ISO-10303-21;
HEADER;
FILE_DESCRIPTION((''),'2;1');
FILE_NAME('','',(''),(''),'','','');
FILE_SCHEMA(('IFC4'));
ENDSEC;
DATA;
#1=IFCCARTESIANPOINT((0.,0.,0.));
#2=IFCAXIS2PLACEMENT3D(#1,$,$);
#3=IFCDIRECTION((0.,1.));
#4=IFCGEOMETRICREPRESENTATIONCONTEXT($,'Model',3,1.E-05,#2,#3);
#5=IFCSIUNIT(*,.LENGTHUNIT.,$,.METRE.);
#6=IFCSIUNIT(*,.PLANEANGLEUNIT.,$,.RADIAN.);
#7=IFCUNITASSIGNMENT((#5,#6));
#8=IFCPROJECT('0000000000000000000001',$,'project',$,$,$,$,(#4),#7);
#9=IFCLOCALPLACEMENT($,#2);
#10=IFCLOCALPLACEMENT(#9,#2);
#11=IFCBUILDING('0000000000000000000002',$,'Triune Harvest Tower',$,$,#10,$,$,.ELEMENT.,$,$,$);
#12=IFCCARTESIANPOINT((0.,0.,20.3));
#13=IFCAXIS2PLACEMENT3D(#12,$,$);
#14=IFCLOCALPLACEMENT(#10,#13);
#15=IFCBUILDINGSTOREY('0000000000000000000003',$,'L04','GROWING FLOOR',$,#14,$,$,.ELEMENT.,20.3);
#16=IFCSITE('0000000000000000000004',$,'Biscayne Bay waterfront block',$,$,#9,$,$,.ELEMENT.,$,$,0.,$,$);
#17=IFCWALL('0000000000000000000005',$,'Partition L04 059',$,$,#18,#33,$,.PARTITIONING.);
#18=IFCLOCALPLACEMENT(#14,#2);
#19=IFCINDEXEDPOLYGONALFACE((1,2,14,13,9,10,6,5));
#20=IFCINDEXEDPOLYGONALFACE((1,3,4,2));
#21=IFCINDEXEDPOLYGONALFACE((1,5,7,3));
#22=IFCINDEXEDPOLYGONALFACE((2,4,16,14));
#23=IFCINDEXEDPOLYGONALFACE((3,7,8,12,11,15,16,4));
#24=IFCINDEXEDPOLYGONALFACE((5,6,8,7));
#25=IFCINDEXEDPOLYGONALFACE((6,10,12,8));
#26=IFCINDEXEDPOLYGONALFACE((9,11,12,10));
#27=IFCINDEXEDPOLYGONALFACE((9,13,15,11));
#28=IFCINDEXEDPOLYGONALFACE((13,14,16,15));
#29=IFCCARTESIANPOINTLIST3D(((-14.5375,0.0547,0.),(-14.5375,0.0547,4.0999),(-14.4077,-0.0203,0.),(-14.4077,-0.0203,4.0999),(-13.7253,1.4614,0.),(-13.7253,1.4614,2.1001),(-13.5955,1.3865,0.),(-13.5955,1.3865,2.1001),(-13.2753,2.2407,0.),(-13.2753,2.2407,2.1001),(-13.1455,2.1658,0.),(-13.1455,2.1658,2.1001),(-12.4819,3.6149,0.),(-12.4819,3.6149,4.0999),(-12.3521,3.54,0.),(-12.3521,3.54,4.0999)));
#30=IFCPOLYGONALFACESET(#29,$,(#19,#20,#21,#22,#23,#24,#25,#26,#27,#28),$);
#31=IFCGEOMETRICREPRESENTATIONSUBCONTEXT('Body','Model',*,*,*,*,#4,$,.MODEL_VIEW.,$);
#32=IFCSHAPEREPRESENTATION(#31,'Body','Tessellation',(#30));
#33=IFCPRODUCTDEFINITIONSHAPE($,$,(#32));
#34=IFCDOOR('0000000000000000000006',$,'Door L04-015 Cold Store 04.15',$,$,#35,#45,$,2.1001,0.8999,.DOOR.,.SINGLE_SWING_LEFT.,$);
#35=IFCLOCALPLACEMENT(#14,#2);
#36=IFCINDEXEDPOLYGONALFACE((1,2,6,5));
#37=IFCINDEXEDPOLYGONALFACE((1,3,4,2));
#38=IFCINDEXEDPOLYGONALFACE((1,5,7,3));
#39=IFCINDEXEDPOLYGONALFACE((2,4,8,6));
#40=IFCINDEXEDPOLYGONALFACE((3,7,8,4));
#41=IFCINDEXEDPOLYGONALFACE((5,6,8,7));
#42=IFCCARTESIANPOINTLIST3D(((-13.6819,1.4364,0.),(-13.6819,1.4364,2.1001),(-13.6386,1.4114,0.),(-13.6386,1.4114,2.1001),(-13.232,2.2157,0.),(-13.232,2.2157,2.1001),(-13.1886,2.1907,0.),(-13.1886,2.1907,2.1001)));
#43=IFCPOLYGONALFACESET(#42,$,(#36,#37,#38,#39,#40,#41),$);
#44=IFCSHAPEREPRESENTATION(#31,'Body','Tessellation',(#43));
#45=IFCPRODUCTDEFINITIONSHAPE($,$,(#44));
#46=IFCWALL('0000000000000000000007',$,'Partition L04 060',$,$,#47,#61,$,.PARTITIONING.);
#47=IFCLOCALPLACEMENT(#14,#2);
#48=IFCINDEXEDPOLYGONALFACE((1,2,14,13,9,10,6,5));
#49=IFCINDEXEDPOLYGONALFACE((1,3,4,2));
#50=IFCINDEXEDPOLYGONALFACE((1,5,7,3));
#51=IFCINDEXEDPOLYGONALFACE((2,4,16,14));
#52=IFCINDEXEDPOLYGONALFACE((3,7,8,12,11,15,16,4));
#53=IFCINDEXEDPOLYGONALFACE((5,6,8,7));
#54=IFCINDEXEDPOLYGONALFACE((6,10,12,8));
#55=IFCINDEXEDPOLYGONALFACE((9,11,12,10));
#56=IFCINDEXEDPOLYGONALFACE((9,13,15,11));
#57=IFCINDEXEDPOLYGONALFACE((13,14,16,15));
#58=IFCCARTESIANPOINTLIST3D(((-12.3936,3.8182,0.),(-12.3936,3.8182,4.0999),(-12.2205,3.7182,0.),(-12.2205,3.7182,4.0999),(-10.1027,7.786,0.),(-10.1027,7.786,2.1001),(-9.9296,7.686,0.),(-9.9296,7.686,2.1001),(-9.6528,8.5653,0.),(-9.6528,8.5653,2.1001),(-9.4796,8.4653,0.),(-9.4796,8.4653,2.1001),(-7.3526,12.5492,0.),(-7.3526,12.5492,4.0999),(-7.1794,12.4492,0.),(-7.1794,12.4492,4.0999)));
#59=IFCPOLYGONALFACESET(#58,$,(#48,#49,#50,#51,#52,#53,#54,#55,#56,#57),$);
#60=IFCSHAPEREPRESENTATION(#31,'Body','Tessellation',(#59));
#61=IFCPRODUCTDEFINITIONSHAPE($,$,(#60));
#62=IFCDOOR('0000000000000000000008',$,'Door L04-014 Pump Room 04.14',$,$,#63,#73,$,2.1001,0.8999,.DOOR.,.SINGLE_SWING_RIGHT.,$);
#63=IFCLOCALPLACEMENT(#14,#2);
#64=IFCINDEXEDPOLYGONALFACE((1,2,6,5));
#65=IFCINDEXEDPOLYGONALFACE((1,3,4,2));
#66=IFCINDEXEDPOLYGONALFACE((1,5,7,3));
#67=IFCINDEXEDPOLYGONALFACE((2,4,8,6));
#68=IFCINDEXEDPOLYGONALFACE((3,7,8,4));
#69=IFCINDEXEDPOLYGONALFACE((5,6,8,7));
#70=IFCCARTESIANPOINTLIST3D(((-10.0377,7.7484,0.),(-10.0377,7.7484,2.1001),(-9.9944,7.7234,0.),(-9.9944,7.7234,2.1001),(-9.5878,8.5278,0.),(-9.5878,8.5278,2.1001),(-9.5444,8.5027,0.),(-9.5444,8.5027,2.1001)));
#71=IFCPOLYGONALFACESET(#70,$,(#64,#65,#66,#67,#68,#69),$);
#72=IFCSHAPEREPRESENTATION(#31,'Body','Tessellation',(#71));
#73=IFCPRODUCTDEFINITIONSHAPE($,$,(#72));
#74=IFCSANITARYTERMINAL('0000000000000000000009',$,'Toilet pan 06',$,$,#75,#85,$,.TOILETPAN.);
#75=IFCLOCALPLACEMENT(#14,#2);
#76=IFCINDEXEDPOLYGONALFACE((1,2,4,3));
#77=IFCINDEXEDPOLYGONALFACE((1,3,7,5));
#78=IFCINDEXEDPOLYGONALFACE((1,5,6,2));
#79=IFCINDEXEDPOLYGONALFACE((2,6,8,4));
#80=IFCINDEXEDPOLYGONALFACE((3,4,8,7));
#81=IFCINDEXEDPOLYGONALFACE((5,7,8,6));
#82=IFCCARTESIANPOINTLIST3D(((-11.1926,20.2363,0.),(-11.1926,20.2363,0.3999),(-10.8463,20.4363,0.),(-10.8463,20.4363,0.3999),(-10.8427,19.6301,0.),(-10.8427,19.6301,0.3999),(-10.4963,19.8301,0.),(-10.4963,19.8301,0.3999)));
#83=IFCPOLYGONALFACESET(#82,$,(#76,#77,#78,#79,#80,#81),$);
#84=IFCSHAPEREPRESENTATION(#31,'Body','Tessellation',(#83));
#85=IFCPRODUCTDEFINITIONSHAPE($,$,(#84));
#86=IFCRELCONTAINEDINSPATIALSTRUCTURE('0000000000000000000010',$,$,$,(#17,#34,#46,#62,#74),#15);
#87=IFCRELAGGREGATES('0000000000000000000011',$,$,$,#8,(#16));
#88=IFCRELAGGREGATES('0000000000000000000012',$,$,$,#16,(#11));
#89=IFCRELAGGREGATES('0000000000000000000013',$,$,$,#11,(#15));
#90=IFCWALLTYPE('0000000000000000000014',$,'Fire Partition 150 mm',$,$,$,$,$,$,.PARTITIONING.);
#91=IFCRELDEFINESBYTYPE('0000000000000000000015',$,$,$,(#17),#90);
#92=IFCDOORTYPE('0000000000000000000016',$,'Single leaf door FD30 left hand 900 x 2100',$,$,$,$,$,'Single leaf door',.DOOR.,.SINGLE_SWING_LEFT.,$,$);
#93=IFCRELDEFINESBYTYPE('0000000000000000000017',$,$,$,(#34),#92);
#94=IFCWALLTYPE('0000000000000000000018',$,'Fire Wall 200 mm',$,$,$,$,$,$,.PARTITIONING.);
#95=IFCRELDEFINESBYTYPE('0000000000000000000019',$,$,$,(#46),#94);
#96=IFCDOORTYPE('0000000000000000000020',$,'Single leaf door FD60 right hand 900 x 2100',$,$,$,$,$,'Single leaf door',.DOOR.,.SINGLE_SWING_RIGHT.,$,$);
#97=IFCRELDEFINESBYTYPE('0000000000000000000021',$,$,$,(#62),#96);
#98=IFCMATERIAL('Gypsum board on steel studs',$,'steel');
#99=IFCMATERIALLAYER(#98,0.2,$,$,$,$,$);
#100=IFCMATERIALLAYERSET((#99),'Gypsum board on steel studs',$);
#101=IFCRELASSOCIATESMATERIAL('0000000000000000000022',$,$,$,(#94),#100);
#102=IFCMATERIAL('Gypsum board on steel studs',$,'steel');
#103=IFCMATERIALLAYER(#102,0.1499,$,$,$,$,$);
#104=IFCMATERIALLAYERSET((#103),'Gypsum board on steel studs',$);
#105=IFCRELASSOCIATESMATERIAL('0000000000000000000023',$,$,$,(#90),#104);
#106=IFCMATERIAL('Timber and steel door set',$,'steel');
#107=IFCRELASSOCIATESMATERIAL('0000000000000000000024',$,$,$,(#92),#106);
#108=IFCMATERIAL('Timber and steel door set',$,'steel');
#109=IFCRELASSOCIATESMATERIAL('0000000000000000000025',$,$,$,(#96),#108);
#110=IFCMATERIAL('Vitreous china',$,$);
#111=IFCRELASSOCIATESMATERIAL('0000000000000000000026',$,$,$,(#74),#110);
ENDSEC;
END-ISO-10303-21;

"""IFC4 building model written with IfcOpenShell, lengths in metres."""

from ifc_helpers import new_model, si_unit, direction, frame, frame_2d, origin, origin_2d, place, context, subcontext, project, spatial, rectangle, extrude, source, transform, mapped, material, layer, layer_set, type_object, element, fill, save


model = new_model("IFC4")

# Units and contexts
model_context = context("Model", 3, precision=1e-05, world=origin(), true_north=direction((0.0, 1.0)))
body_context = subcontext(model_context, "Body", "Model", "MODEL_VIEW")
ifc_project = project(units=[si_unit("LENGTHUNIT", "METRE"), si_unit("PLANEANGLEUNIT", "RADIAN")], contexts=[model_context])

# Site, building, storey
site_placement = place(None, origin())
site = spatial("IfcSite", under=ifc_project, at=site_placement, Name="Biscayne Bay waterfront block", CompositionType="ELEMENT", RefElevation=0.0)
building_placement = place(site_placement, origin())
building = spatial("IfcBuilding", under=site, at=building_placement, Name="Triune Harvest Tower", CompositionType="ELEMENT")
storey_placement = place(building_placement, frame((0.0, 0.0, 20.3)))
storey = spatial("IfcBuildingStorey", under=building, at=storey_placement, Name="L04", Description="GROWING FLOOR", CompositionType="ELEMENT", Elevation=20.3)

# Shared definitions
ifc_material_1 = material(Name="Gypsum board on steel studs", Category="steel")
ifc_layer_1 = layer(ifc_material_1, 0.2)
ifc_layer_set_1 = layer_set([ifc_layer_1], Name="Gypsum board on steel studs")
wall_type_1 = type_object("IfcWallType", Name="Fire Wall 200 mm", PredefinedType="PARTITIONING", material=ifc_layer_set_1)

# Walls, openings, doors
ifc_material_2 = material(Name="Gypsum board on steel studs", Category="steel")
ifc_layer_2 = layer(ifc_material_2, 0.1499)
ifc_layer_set_2 = layer_set([ifc_layer_2], Name="Gypsum board on steel studs")
wall_type_2 = type_object("IfcWallType", Name="Fire Partition 150 mm", PredefinedType="PARTITIONING", material=ifc_layer_set_2)
shared_shape_1 = source(origin(), body_context, "Body", "SweptSolid", [
    extrude(rectangle(XDim=4.1111, YDim=0.1499, at=frame_2d((2.0557, 0.0))), origin(), (0.0, 0.0, 1.0), 4.0999),
])
wall_1_placement = place(storey_placement, frame((-14.4727, 0.0171, 0.0), z_axis=(0.0, 0.0, 1.0), x_axis=(0.500022, 0.866013, 0.0)))
wall_1 = element("IfcWall", 1, at=wall_1_placement, inside=storey, type_object=wall_type_2, Name="Partition L04 059", PredefinedType="PARTITIONING", context=body_context, shape_type="MappedRepresentation", body=[
    mapped(shared_shape_1, transform((0.0, 0.0, 0.0), scale=1.0)),
])
opening_1_placement = place(wall_1_placement, frame((1.6245, 0.0, 0.0)))
opening_1 = element("IfcOpeningElement", 2, at=opening_1_placement, cuts=wall_1, PredefinedType="OPENING", context=body_context, shape_type="SweptSolid", body=[
    extrude(rectangle(XDim=0.8999, YDim=2.1001, at=frame_2d((0.45, 1.05))), frame((0.0, 0.085, 0.0), z_axis=(0.0, -1.0, 0.0), x_axis=(1.0, 0.0, 0.0)), (0.0, 0.0, 1.0), 0.1699),
])
ifc_material_3 = material(Name="Timber and steel door set", Category="steel")
door_type_1 = type_object("IfcDoorType", Name="Single leaf door FD30 left hand 900 x 2100", ElementType="Single leaf door", OperationType="SINGLE_SWING_LEFT", PredefinedType="DOOR", material=ifc_material_3)
door_1_placement = place(opening_1_placement, origin())
door_1 = element("IfcDoor", 3, at=door_1_placement, inside=storey, type_object=door_type_1, Name="Door L04-015 Cold Store 04.15", OperationType="SINGLE_SWING_LEFT", OverallHeight=2.1001, OverallWidth=0.8999, PredefinedType="DOOR", context=body_context, shape_type="SweptSolid", body=[
    extrude(rectangle(XDim=0.8999, YDim=2.1001, at=frame_2d((0.45, 1.05))), frame((0.0, 0.0249, 0.0), z_axis=(0.0, -1.0, 0.0), x_axis=(1.0, 0.0, 0.0)), (0.0, 0.0, 1.0), 0.05),
])
fill(opening_1, door_1)
shared_shape_2 = source(origin(), body_context, "Body", "SweptSolid", [
    extrude(rectangle(XDim=10.0818, YDim=0.2, at=frame_2d((5.041, 0.0))), origin(), (0.0, 0.0, 1.0), 4.0999),
])
wall_2_placement = place(storey_placement, frame((-12.3071, 3.7681, 0.0), z_axis=(0.0, 0.0, 1.0), x_axis=(0.500015, 0.866017, 0.0)))
wall_2 = element("IfcWall", 4, at=wall_2_placement, inside=storey, type_object=wall_type_1, Name="Partition L04 060", PredefinedType="PARTITIONING", context=body_context, shape_type="MappedRepresentation", body=[
    mapped(shared_shape_2, transform((0.0, 0.0, 0.0), scale=1.0)),
])
opening_2_placement = place(wall_2_placement, frame((4.5818, 0.0, 0.0)))
opening_2 = element("IfcOpeningElement", 5, at=opening_2_placement, cuts=wall_2, PredefinedType="OPENING", context=body_context, shape_type="SweptSolid", body=[
    extrude(rectangle(XDim=0.8999, YDim=2.1001, at=frame_2d((0.45, 1.05))), frame((0.0, 0.1099, 0.0), z_axis=(0.0, -1.0, 0.0), x_axis=(1.0, 0.0, 0.0)), (0.0, 0.0, 1.0), 0.22),
])
ifc_material_4 = material(Name="Timber and steel door set", Category="steel")
door_type_2 = type_object("IfcDoorType", Name="Single leaf door FD60 right hand 900 x 2100", ElementType="Single leaf door", OperationType="SINGLE_SWING_RIGHT", PredefinedType="DOOR", material=ifc_material_4)
door_2_placement = place(opening_2_placement, origin())
door_2 = element("IfcDoor", 6, at=door_2_placement, inside=storey, type_object=door_type_2, Name="Door L04-014 Pump Room 04.14", OperationType="SINGLE_SWING_RIGHT", OverallHeight=2.1001, OverallWidth=0.8999, PredefinedType="DOOR", context=body_context, shape_type="SweptSolid", body=[
    extrude(rectangle(XDim=0.8999, YDim=2.1001, at=frame_2d((0.45, 1.05))), frame((0.0, 0.0249, 0.0), z_axis=(0.0, -1.0, 0.0), x_axis=(1.0, 0.0, 0.0)), (0.0, 0.0, 1.0), 0.05),
])
fill(opening_2, door_2)

# Sanitary terminal
ifc_material_5 = material(Name="Vitreous china")
shared_shape_3 = source(origin(), body_context, "Body", "SweptSolid", [
    extrude(rectangle(XDim=0.3999, YDim=0.7, at=origin_2d()), origin(), (0.0, 0.0, 1.0), 0.3999),
])
sanitary_terminal_placement = place(storey_placement, frame((-10.8445, 20.0332, 0.0), z_axis=(0.0, 0.0, 1.0), x_axis=(0.866034, 0.499985, 0.0)))
element("IfcSanitaryTerminal", 7, at=sanitary_terminal_placement, inside=storey, material=ifc_material_5, Name="Toilet pan 06", PredefinedType="TOILETPAN", context=body_context, shape_type="MappedRepresentation", body=[
    mapped(shared_shape_3, transform((0.0, 0.0, 0.0), scale=1.0)),
])

save(model, "model.ifc")
